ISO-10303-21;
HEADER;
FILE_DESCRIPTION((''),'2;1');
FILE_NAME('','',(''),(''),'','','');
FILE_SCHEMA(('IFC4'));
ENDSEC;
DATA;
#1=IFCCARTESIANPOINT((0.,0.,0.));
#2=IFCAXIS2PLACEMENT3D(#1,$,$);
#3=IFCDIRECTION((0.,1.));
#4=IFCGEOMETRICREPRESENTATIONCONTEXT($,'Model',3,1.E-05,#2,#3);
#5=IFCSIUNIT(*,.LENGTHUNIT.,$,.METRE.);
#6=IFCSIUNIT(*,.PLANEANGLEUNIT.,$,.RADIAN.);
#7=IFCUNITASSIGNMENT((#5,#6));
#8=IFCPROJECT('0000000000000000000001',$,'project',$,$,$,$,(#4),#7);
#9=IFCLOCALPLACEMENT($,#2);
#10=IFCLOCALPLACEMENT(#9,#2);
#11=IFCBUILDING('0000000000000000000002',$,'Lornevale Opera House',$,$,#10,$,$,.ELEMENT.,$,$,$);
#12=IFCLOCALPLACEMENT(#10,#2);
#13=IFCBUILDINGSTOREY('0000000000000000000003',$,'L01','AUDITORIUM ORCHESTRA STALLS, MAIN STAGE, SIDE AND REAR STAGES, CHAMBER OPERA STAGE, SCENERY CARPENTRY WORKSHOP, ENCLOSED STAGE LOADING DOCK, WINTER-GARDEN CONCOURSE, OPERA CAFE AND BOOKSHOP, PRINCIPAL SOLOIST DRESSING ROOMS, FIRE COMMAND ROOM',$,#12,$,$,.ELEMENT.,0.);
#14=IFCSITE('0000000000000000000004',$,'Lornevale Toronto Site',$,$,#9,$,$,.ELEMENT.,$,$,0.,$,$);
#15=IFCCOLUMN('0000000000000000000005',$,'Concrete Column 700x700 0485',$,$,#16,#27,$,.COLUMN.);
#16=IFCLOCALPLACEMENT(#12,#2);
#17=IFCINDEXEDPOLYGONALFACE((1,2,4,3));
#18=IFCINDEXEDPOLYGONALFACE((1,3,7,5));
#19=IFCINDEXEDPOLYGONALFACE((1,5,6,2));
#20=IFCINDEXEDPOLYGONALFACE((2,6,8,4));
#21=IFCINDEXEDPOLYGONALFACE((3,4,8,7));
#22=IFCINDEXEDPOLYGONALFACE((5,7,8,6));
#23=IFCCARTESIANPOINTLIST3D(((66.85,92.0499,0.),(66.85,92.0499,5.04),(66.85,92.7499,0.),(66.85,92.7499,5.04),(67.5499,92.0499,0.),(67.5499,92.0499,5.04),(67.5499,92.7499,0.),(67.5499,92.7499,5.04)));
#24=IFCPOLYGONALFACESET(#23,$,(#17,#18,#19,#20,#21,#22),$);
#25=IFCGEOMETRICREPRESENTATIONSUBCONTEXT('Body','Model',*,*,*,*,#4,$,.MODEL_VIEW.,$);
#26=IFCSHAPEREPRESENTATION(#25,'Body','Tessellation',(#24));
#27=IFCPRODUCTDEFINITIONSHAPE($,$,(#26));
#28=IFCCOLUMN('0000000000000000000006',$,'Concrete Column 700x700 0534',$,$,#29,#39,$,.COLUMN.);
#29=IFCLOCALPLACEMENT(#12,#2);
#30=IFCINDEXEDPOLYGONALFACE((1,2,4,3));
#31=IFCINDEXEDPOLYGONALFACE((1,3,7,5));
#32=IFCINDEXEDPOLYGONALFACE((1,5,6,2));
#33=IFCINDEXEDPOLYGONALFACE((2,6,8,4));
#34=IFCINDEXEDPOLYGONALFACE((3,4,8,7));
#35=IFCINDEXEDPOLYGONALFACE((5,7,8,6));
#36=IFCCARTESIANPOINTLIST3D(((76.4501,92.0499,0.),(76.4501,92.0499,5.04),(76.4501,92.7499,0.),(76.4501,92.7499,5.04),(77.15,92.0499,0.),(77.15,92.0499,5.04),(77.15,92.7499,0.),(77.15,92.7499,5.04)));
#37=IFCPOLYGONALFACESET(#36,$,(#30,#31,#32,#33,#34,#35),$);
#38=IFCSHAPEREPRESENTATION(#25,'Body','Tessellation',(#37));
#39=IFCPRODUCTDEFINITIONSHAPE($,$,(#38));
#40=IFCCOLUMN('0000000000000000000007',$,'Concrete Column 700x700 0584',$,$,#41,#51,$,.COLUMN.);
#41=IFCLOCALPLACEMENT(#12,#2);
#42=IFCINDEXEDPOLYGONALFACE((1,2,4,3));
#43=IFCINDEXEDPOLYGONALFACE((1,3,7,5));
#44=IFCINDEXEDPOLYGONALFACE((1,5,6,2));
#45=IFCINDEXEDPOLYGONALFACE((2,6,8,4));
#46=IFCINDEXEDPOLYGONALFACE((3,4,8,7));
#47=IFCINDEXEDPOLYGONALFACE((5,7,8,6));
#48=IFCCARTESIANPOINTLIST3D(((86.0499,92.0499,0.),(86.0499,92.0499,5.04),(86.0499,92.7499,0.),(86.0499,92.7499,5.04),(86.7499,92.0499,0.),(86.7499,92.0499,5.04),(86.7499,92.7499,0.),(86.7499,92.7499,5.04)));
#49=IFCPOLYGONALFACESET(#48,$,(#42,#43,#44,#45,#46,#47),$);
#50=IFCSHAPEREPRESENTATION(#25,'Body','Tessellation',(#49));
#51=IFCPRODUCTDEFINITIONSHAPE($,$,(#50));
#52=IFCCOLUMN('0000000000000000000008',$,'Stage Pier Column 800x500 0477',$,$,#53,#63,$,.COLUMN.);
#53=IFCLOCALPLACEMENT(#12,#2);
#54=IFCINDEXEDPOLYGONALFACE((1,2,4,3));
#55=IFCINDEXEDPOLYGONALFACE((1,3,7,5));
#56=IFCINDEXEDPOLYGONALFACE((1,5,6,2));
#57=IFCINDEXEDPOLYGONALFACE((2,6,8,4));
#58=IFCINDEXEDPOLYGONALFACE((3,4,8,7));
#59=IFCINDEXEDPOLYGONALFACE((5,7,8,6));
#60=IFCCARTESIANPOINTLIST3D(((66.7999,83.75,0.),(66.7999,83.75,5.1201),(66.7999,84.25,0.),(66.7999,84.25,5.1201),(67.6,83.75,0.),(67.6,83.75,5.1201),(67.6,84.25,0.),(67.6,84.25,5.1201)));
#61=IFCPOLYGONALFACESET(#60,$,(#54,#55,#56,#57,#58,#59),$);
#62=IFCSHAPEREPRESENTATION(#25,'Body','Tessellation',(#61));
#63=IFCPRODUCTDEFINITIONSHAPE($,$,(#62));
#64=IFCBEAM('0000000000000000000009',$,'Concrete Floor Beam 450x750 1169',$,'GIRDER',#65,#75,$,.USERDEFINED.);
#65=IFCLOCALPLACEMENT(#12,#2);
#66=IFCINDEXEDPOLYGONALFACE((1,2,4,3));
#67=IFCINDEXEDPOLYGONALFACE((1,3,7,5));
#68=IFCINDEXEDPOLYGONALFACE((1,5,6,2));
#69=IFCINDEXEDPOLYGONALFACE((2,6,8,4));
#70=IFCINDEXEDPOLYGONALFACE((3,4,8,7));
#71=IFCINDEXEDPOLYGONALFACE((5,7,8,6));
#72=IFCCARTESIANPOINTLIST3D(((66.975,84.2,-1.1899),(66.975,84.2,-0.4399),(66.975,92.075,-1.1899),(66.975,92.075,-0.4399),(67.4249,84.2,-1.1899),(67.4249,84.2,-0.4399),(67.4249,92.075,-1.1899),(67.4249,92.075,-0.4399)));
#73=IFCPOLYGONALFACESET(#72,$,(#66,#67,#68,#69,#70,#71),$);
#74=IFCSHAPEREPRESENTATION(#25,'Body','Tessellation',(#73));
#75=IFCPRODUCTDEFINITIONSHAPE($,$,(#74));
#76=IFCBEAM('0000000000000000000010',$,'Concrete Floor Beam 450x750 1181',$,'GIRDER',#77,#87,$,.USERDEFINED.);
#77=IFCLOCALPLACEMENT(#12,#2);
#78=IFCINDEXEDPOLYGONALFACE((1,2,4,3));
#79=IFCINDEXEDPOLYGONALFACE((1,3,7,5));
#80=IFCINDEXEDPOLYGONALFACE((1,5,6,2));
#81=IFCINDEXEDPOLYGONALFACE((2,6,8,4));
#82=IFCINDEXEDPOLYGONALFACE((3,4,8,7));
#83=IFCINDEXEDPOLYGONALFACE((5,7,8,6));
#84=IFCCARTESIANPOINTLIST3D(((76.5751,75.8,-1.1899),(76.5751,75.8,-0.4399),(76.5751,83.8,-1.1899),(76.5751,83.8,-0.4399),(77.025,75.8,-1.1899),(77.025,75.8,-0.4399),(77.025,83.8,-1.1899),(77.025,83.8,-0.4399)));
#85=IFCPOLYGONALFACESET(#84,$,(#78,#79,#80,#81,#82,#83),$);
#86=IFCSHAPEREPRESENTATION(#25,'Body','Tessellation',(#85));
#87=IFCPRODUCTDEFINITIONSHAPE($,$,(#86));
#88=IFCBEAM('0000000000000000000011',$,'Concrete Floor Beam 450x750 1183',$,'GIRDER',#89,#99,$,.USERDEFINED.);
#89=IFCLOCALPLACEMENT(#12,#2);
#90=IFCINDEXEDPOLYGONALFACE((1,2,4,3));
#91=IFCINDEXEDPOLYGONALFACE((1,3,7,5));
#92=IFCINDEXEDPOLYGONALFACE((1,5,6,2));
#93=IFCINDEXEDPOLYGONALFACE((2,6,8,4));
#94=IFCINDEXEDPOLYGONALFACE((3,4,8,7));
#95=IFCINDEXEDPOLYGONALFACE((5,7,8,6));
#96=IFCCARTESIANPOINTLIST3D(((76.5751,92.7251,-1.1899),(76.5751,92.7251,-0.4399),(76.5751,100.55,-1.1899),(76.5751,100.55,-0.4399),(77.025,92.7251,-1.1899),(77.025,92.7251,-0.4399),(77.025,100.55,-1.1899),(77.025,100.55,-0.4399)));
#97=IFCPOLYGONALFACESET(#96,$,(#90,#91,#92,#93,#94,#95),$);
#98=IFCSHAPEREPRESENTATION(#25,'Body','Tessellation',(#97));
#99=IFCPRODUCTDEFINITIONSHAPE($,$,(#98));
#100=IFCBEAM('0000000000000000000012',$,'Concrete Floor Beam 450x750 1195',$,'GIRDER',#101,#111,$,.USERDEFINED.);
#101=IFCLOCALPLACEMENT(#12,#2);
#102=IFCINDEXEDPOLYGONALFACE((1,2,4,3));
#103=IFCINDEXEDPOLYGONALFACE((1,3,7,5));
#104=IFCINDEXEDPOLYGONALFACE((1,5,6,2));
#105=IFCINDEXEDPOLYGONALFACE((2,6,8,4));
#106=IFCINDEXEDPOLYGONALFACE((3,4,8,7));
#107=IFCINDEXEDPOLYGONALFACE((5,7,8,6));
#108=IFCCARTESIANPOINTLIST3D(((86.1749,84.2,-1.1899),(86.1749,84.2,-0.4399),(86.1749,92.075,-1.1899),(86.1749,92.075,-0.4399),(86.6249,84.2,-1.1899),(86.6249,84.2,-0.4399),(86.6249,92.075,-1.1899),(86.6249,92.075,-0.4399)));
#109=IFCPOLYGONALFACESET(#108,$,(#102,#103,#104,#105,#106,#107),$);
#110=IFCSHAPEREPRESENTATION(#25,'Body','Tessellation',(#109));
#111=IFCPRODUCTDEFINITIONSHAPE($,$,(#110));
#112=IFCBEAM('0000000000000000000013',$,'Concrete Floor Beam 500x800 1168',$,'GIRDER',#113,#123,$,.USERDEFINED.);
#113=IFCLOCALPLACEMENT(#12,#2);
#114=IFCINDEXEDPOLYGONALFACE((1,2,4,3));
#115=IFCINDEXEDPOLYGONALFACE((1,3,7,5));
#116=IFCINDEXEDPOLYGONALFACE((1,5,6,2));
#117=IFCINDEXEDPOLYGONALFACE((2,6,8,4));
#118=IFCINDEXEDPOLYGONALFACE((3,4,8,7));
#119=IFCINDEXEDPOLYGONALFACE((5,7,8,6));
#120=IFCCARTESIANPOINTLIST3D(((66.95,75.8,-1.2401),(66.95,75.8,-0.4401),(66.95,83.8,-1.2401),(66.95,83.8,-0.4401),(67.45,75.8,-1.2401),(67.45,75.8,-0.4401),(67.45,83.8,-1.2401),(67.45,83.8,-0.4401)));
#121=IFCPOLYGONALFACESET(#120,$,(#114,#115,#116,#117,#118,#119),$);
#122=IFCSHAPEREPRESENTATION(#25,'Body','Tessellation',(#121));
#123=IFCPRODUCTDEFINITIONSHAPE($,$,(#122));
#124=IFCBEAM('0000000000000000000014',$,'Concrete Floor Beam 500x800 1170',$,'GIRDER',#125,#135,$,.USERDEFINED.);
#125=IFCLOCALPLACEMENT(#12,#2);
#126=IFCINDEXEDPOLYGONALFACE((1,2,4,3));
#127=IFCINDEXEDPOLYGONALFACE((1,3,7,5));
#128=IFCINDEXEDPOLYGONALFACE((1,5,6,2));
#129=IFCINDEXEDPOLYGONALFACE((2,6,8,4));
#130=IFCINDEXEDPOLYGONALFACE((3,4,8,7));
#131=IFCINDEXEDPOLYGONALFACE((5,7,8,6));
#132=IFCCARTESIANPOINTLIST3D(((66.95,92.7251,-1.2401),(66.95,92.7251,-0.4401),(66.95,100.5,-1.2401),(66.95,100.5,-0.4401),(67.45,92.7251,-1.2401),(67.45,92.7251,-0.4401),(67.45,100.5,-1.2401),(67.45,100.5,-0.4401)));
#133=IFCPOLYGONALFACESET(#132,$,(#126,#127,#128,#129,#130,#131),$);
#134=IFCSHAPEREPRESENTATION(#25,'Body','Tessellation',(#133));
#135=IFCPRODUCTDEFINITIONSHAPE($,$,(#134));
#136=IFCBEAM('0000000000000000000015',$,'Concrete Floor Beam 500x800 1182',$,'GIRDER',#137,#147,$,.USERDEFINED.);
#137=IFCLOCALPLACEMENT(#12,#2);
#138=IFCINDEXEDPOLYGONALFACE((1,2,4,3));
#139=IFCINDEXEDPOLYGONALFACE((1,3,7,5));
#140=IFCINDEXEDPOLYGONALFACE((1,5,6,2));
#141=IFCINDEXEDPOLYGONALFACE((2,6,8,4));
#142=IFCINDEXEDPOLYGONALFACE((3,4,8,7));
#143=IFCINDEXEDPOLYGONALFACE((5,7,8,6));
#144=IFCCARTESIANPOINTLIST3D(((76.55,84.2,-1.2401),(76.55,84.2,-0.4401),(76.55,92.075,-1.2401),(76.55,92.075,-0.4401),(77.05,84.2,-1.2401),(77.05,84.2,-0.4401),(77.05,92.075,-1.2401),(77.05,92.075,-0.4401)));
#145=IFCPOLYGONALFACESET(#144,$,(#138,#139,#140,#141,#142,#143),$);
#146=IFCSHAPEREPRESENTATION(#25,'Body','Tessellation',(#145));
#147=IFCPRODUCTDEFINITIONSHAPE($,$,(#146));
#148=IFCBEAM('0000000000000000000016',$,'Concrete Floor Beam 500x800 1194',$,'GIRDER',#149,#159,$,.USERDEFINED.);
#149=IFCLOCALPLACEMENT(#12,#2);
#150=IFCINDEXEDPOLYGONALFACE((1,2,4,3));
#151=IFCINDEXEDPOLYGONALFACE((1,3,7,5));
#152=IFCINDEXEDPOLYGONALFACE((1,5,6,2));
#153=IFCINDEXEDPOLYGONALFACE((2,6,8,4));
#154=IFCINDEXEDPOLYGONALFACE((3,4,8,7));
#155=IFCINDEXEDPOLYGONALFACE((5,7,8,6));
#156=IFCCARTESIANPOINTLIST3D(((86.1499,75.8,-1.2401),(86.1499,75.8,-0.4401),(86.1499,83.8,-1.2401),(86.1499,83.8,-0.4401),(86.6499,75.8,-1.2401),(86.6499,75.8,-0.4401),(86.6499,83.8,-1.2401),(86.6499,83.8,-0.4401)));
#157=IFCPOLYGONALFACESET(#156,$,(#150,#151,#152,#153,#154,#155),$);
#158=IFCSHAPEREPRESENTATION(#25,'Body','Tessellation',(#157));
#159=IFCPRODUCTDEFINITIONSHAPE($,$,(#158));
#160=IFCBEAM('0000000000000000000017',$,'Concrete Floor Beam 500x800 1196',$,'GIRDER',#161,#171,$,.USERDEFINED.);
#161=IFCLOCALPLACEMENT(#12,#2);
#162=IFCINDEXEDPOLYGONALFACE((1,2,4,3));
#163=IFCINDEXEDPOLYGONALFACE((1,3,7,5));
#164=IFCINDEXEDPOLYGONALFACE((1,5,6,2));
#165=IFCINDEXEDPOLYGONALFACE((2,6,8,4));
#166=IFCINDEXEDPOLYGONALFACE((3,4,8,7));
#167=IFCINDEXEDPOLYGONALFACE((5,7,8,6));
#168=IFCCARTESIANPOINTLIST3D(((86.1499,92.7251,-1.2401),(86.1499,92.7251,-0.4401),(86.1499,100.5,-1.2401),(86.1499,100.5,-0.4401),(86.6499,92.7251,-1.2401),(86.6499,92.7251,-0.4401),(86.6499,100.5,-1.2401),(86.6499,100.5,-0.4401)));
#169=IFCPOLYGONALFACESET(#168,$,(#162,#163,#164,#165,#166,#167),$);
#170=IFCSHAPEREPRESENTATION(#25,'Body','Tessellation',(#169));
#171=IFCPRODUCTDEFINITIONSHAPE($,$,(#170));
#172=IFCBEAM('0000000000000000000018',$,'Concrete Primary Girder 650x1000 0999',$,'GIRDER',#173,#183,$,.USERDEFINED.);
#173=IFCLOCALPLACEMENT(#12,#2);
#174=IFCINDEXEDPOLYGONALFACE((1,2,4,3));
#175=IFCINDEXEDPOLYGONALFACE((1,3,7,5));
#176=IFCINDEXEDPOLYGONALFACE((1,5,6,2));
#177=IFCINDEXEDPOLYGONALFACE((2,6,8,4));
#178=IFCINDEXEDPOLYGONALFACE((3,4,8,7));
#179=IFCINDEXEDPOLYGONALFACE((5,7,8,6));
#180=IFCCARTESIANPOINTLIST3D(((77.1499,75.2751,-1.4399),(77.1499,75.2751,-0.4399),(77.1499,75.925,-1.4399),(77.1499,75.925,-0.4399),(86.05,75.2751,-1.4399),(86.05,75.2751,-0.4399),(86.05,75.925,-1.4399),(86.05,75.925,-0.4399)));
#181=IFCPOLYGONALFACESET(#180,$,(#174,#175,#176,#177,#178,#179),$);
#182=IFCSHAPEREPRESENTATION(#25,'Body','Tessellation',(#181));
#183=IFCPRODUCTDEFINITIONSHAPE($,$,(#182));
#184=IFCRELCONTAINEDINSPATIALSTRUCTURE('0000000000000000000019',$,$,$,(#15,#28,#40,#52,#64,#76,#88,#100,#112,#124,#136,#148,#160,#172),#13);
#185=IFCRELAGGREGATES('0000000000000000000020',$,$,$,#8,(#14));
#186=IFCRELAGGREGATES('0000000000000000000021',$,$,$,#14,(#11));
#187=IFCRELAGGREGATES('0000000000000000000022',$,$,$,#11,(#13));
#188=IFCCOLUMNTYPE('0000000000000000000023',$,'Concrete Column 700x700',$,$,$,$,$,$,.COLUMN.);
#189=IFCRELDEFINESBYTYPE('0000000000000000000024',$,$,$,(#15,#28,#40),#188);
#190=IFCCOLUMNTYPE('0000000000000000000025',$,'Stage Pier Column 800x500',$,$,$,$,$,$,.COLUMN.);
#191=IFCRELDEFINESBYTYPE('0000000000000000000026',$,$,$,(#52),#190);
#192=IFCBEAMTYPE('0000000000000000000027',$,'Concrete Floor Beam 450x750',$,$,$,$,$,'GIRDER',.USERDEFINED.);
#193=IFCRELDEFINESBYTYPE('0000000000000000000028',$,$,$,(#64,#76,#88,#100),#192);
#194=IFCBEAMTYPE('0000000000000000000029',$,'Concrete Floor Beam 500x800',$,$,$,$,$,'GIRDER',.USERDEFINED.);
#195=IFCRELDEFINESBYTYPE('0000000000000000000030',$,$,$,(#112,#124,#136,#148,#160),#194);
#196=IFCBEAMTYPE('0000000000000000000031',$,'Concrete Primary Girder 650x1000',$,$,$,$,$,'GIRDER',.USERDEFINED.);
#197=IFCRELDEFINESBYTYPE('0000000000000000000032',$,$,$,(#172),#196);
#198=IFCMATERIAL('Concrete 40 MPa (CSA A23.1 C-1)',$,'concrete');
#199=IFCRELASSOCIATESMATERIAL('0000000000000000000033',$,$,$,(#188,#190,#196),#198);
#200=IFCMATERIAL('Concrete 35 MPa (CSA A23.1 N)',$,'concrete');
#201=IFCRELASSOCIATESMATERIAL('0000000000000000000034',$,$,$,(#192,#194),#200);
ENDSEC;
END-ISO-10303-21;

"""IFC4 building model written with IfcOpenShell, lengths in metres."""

from ifc_helpers import new_model, si_unit, direction, frame, origin, origin_2d, place, context, subcontext, project, spatial, rectangle, extrude, material, material_profile, profile_set, type_object, element, save


model = new_model("IFC4")

# Units and contexts
model_context = context("Model", 3, precision=1e-05, world=origin(), true_north=direction((0.0, 1.0)))
body_context = subcontext(model_context, "Body", "Model", "MODEL_VIEW")
ifc_project = project(units=[si_unit("LENGTHUNIT", "METRE"), si_unit("PLANEANGLEUNIT", "RADIAN")], contexts=[model_context])

# Site, building, storey
site_placement = place(None, origin())
site = spatial("IfcSite", under=ifc_project, at=site_placement, Name="Lornevale Toronto Site", CompositionType="ELEMENT", RefElevation=0.0)
building_placement = place(site_placement, origin())
building = spatial("IfcBuilding", under=site, at=building_placement, Name="Lornevale Opera House", CompositionType="ELEMENT")
storey_placement = place(building_placement, origin())
storey = spatial("IfcBuildingStorey", under=building, at=storey_placement, Name="L01", Description="AUDITORIUM ORCHESTRA STALLS, MAIN STAGE, SIDE AND REAR STAGES, CHAMBER OPERA STAGE, SCENERY CARPENTRY WORKSHOP, ENCLOSED STAGE LOADING DOCK, WINTER-GARDEN CONCOURSE, OPERA CAFE AND BOOKSHOP, PRINCIPAL SOLOIST DRESSING ROOMS, FIRE COMMAND ROOM", CompositionType="ELEMENT", Elevation=0.0)

# Columns
ifc_material_1 = material(Name="Concrete 40 MPa (CSA A23.1 C-1)", Category="concrete")
ifc_material_profile_1 = material_profile(ifc_material_1, rectangle(XDim=0.7, YDim=0.7, at=origin_2d()), Name="RC700x700")
ifc_profile_set_1 = profile_set([ifc_material_profile_1], Name="Concrete 40 MPa (CSA A23.1 C-1)")
column_type_1 = type_object("IfcColumnType", Name="Concrete Column 700x700", PredefinedType="COLUMN", material=ifc_profile_set_1)
for number, where, z_axis, x_axis, name in (
    (1, (67.2, 92.3999, 0.0), (0.0, 0.0, 1.0), (1.0, 0.0, 0.0), "Concrete Column 700x700 0485"),
    (2, (76.8, 92.3999, 0.0), (0.0, 0.0, 1.0), (1.0, 0.0, 0.0), "Concrete Column 700x700 0534"),
    (3, (86.3999, 92.3999, 0.0), (0.0, 0.0, 1.0), (1.0, 0.0, 0.0), "Concrete Column 700x700 0584"),
):
    element("IfcColumn", number, at=place(storey_placement, frame(where, z_axis=z_axis, x_axis=x_axis)), inside=storey, type_object=column_type_1, Name=name, PredefinedType="COLUMN", context=body_context, shape_type="SweptSolid", body=[
        extrude(rectangle(XDim=0.7, YDim=0.7, at=origin_2d()), origin(), (0.0, 0.0, 1.0), 5.04),
    ])
ifc_material_profile_2 = material_profile(ifc_material_1, rectangle(XDim=0.8, YDim=0.5, at=origin_2d()), Name="RC800x500")
ifc_profile_set_2 = profile_set([ifc_material_profile_2], Name="Concrete 40 MPa (CSA A23.1 C-1)")
column_type_2 = type_object("IfcColumnType", Name="Stage Pier Column 800x500", PredefinedType="COLUMN", material=ifc_profile_set_2)
column_placement = place(storey_placement, frame((67.2, 84.0, 0.0), z_axis=(0.0, 0.0, 1.0), x_axis=(1.0, 0.0, 0.0)))
element("IfcColumn", 4, at=column_placement, inside=storey, type_object=column_type_2, Name="Stage Pier Column 800x500 0477", PredefinedType="COLUMN", context=body_context, shape_type="SweptSolid", body=[
    extrude(rectangle(XDim=0.8, YDim=0.5, at=origin_2d()), origin(), (0.0, 0.0, 1.0), 5.1201),
])

# Beams
ifc_material_2 = material(Name="Concrete 35 MPa (CSA A23.1 N)", Category="concrete")
ifc_material_profile_3 = material_profile(ifc_material_2, rectangle(XDim=0.45, YDim=0.75, at=origin_2d()), Name="RC450x750")
ifc_profile_set_3 = profile_set([ifc_material_profile_3], Name="Concrete 35 MPa (CSA A23.1 N)")
beam_type_1 = type_object("IfcBeamType", Name="Concrete Floor Beam 450x750", ElementType="GIRDER", PredefinedType="USERDEFINED", material=ifc_profile_set_3)
beam_1_placement = place(storey_placement, frame((67.2, 84.2, -0.8149), z_axis=(0.0, 1.0, 0.0), x_axis=(-1.0, 0.0, 0.0)))
element("IfcBeam", 5, at=beam_1_placement, inside=storey, type_object=beam_type_1, Name="Concrete Floor Beam 450x750 1169", ObjectType="GIRDER", PredefinedType="USERDEFINED", context=body_context, shape_type="SweptSolid", body=[
    extrude(rectangle(XDim=0.45, YDim=0.75, at=origin_2d()), origin(), (0.0, 0.0, 1.0), 7.875),
])
beam_2_placement = place(storey_placement, frame((76.8, 75.8, -0.8149), z_axis=(0.0, 1.0, 0.0), x_axis=(-1.0, 0.0, 0.0)))
element("IfcBeam", 6, at=beam_2_placement, inside=storey, type_object=beam_type_1, Name="Concrete Floor Beam 450x750 1181", ObjectType="GIRDER", PredefinedType="USERDEFINED", context=body_context, shape_type="SweptSolid", body=[
    extrude(rectangle(XDim=0.45, YDim=0.75, at=origin_2d()), origin(), (0.0, 0.0, 1.0), 8.0),
])
beam_3_placement = place(storey_placement, frame((76.8, 92.7251, -0.8149), z_axis=(0.0, 1.0, 0.0), x_axis=(-1.0, 0.0, 0.0)))
element("IfcBeam", 7, at=beam_3_placement, inside=storey, type_object=beam_type_1, Name="Concrete Floor Beam 450x750 1183", ObjectType="GIRDER", PredefinedType="USERDEFINED", context=body_context, shape_type="SweptSolid", body=[
    extrude(rectangle(XDim=0.45, YDim=0.75, at=origin_2d()), origin(), (0.0, 0.0, 1.0), 7.825),
])
beam_4_placement = place(storey_placement, frame((86.3999, 84.2, -0.8149), z_axis=(0.0, 1.0, 0.0), x_axis=(-1.0, 0.0, 0.0)))
element("IfcBeam", 8, at=beam_4_placement, inside=storey, type_object=beam_type_1, Name="Concrete Floor Beam 450x750 1195", ObjectType="GIRDER", PredefinedType="USERDEFINED", context=body_context, shape_type="SweptSolid", body=[
    extrude(rectangle(XDim=0.45, YDim=0.75, at=origin_2d()), origin(), (0.0, 0.0, 1.0), 7.875),
])
ifc_material_profile_4 = material_profile(ifc_material_2, rectangle(XDim=0.5, YDim=0.8, at=origin_2d()), Name="RC500x800")
ifc_profile_set_4 = profile_set([ifc_material_profile_4], Name="Concrete 35 MPa (CSA A23.1 N)")
beam_type_2 = type_object("IfcBeamType", Name="Concrete Floor Beam 500x800", ElementType="GIRDER", PredefinedType="USERDEFINED", material=ifc_profile_set_4)
beam_5_placement = place(storey_placement, frame((67.2, 75.8, -0.8401), z_axis=(0.0, 1.0, 0.0), x_axis=(-1.0, 0.0, 0.0)))
element("IfcBeam", 9, at=beam_5_placement, inside=storey, type_object=beam_type_2, Name="Concrete Floor Beam 500x800 1168", ObjectType="GIRDER", PredefinedType="USERDEFINED", context=body_context, shape_type="SweptSolid", body=[
    extrude(rectangle(XDim=0.5, YDim=0.8, at=origin_2d()), origin(), (0.0, 0.0, 1.0), 8.0),
])
beam_6_placement = place(storey_placement, frame((67.2, 92.7251, -0.8401), z_axis=(0.0, 1.0, 0.0), x_axis=(-1.0, 0.0, 0.0)))
element("IfcBeam", 10, at=beam_6_placement, inside=storey, type_object=beam_type_2, Name="Concrete Floor Beam 500x800 1170", ObjectType="GIRDER", PredefinedType="USERDEFINED", context=body_context, shape_type="SweptSolid", body=[
    extrude(rectangle(XDim=0.5, YDim=0.8, at=origin_2d()), origin(), (0.0, 0.0, 1.0), 7.7749),
])
beam_7_placement = place(storey_placement, frame((76.8, 84.2, -0.8401), z_axis=(0.0, 1.0, 0.0), x_axis=(-1.0, 0.0, 0.0)))
element("IfcBeam", 11, at=beam_7_placement, inside=storey, type_object=beam_type_2, Name="Concrete Floor Beam 500x800 1182", ObjectType="GIRDER", PredefinedType="USERDEFINED", context=body_context, shape_type="SweptSolid", body=[
    extrude(rectangle(XDim=0.5, YDim=0.8, at=origin_2d()), origin(), (0.0, 0.0, 1.0), 7.875),
])
beam_8_placement = place(storey_placement, frame((86.3999, 75.8, -0.8401), z_axis=(0.0, 1.0, 0.0), x_axis=(-1.0, 0.0, 0.0)))
element("IfcBeam", 12, at=beam_8_placement, inside=storey, type_object=beam_type_2, Name="Concrete Floor Beam 500x800 1194", ObjectType="GIRDER", PredefinedType="USERDEFINED", context=body_context, shape_type="SweptSolid", body=[
    extrude(rectangle(XDim=0.5, YDim=0.8, at=origin_2d()), origin(), (0.0, 0.0, 1.0), 8.0),
])
beam_9_placement = place(storey_placement, frame((86.3999, 92.7251, -0.8401), z_axis=(0.0, 1.0, 0.0), x_axis=(-1.0, 0.0, 0.0)))
element("IfcBeam", 13, at=beam_9_placement, inside=storey, type_object=beam_type_2, Name="Concrete Floor Beam 500x800 1196", ObjectType="GIRDER", PredefinedType="USERDEFINED", context=body_context, shape_type="SweptSolid", body=[
    extrude(rectangle(XDim=0.5, YDim=0.8, at=origin_2d()), origin(), (0.0, 0.0, 1.0), 7.7749),
])
ifc_material_profile_5 = material_profile(ifc_material_1, rectangle(XDim=0.6499, YDim=1.0, at=origin_2d()), Name="RC650x1000")
ifc_profile_set_5 = profile_set([ifc_material_profile_5], Name="Concrete 40 MPa (CSA A23.1 C-1)")
beam_type_3 = type_object("IfcBeamType", Name="Concrete Primary Girder 650x1000", ElementType="GIRDER", PredefinedType="USERDEFINED", material=ifc_profile_set_5)
beam_10_placement = place(storey_placement, frame((77.1499, 75.6001, -0.9399), z_axis=(1.0, 0.0, 0.0), x_axis=(0.0, 1.0, 0.0)))
element("IfcBeam", 14, at=beam_10_placement, inside=storey, type_object=beam_type_3, Name="Concrete Primary Girder 650x1000 0999", ObjectType="GIRDER", PredefinedType="USERDEFINED", context=body_context, shape_type="SweptSolid", body=[
    extrude(rectangle(XDim=0.6499, YDim=1.0, at=origin_2d()), origin(), (0.0, 0.0, 1.0), 8.9001),
])

save(model, "model.ifc")
